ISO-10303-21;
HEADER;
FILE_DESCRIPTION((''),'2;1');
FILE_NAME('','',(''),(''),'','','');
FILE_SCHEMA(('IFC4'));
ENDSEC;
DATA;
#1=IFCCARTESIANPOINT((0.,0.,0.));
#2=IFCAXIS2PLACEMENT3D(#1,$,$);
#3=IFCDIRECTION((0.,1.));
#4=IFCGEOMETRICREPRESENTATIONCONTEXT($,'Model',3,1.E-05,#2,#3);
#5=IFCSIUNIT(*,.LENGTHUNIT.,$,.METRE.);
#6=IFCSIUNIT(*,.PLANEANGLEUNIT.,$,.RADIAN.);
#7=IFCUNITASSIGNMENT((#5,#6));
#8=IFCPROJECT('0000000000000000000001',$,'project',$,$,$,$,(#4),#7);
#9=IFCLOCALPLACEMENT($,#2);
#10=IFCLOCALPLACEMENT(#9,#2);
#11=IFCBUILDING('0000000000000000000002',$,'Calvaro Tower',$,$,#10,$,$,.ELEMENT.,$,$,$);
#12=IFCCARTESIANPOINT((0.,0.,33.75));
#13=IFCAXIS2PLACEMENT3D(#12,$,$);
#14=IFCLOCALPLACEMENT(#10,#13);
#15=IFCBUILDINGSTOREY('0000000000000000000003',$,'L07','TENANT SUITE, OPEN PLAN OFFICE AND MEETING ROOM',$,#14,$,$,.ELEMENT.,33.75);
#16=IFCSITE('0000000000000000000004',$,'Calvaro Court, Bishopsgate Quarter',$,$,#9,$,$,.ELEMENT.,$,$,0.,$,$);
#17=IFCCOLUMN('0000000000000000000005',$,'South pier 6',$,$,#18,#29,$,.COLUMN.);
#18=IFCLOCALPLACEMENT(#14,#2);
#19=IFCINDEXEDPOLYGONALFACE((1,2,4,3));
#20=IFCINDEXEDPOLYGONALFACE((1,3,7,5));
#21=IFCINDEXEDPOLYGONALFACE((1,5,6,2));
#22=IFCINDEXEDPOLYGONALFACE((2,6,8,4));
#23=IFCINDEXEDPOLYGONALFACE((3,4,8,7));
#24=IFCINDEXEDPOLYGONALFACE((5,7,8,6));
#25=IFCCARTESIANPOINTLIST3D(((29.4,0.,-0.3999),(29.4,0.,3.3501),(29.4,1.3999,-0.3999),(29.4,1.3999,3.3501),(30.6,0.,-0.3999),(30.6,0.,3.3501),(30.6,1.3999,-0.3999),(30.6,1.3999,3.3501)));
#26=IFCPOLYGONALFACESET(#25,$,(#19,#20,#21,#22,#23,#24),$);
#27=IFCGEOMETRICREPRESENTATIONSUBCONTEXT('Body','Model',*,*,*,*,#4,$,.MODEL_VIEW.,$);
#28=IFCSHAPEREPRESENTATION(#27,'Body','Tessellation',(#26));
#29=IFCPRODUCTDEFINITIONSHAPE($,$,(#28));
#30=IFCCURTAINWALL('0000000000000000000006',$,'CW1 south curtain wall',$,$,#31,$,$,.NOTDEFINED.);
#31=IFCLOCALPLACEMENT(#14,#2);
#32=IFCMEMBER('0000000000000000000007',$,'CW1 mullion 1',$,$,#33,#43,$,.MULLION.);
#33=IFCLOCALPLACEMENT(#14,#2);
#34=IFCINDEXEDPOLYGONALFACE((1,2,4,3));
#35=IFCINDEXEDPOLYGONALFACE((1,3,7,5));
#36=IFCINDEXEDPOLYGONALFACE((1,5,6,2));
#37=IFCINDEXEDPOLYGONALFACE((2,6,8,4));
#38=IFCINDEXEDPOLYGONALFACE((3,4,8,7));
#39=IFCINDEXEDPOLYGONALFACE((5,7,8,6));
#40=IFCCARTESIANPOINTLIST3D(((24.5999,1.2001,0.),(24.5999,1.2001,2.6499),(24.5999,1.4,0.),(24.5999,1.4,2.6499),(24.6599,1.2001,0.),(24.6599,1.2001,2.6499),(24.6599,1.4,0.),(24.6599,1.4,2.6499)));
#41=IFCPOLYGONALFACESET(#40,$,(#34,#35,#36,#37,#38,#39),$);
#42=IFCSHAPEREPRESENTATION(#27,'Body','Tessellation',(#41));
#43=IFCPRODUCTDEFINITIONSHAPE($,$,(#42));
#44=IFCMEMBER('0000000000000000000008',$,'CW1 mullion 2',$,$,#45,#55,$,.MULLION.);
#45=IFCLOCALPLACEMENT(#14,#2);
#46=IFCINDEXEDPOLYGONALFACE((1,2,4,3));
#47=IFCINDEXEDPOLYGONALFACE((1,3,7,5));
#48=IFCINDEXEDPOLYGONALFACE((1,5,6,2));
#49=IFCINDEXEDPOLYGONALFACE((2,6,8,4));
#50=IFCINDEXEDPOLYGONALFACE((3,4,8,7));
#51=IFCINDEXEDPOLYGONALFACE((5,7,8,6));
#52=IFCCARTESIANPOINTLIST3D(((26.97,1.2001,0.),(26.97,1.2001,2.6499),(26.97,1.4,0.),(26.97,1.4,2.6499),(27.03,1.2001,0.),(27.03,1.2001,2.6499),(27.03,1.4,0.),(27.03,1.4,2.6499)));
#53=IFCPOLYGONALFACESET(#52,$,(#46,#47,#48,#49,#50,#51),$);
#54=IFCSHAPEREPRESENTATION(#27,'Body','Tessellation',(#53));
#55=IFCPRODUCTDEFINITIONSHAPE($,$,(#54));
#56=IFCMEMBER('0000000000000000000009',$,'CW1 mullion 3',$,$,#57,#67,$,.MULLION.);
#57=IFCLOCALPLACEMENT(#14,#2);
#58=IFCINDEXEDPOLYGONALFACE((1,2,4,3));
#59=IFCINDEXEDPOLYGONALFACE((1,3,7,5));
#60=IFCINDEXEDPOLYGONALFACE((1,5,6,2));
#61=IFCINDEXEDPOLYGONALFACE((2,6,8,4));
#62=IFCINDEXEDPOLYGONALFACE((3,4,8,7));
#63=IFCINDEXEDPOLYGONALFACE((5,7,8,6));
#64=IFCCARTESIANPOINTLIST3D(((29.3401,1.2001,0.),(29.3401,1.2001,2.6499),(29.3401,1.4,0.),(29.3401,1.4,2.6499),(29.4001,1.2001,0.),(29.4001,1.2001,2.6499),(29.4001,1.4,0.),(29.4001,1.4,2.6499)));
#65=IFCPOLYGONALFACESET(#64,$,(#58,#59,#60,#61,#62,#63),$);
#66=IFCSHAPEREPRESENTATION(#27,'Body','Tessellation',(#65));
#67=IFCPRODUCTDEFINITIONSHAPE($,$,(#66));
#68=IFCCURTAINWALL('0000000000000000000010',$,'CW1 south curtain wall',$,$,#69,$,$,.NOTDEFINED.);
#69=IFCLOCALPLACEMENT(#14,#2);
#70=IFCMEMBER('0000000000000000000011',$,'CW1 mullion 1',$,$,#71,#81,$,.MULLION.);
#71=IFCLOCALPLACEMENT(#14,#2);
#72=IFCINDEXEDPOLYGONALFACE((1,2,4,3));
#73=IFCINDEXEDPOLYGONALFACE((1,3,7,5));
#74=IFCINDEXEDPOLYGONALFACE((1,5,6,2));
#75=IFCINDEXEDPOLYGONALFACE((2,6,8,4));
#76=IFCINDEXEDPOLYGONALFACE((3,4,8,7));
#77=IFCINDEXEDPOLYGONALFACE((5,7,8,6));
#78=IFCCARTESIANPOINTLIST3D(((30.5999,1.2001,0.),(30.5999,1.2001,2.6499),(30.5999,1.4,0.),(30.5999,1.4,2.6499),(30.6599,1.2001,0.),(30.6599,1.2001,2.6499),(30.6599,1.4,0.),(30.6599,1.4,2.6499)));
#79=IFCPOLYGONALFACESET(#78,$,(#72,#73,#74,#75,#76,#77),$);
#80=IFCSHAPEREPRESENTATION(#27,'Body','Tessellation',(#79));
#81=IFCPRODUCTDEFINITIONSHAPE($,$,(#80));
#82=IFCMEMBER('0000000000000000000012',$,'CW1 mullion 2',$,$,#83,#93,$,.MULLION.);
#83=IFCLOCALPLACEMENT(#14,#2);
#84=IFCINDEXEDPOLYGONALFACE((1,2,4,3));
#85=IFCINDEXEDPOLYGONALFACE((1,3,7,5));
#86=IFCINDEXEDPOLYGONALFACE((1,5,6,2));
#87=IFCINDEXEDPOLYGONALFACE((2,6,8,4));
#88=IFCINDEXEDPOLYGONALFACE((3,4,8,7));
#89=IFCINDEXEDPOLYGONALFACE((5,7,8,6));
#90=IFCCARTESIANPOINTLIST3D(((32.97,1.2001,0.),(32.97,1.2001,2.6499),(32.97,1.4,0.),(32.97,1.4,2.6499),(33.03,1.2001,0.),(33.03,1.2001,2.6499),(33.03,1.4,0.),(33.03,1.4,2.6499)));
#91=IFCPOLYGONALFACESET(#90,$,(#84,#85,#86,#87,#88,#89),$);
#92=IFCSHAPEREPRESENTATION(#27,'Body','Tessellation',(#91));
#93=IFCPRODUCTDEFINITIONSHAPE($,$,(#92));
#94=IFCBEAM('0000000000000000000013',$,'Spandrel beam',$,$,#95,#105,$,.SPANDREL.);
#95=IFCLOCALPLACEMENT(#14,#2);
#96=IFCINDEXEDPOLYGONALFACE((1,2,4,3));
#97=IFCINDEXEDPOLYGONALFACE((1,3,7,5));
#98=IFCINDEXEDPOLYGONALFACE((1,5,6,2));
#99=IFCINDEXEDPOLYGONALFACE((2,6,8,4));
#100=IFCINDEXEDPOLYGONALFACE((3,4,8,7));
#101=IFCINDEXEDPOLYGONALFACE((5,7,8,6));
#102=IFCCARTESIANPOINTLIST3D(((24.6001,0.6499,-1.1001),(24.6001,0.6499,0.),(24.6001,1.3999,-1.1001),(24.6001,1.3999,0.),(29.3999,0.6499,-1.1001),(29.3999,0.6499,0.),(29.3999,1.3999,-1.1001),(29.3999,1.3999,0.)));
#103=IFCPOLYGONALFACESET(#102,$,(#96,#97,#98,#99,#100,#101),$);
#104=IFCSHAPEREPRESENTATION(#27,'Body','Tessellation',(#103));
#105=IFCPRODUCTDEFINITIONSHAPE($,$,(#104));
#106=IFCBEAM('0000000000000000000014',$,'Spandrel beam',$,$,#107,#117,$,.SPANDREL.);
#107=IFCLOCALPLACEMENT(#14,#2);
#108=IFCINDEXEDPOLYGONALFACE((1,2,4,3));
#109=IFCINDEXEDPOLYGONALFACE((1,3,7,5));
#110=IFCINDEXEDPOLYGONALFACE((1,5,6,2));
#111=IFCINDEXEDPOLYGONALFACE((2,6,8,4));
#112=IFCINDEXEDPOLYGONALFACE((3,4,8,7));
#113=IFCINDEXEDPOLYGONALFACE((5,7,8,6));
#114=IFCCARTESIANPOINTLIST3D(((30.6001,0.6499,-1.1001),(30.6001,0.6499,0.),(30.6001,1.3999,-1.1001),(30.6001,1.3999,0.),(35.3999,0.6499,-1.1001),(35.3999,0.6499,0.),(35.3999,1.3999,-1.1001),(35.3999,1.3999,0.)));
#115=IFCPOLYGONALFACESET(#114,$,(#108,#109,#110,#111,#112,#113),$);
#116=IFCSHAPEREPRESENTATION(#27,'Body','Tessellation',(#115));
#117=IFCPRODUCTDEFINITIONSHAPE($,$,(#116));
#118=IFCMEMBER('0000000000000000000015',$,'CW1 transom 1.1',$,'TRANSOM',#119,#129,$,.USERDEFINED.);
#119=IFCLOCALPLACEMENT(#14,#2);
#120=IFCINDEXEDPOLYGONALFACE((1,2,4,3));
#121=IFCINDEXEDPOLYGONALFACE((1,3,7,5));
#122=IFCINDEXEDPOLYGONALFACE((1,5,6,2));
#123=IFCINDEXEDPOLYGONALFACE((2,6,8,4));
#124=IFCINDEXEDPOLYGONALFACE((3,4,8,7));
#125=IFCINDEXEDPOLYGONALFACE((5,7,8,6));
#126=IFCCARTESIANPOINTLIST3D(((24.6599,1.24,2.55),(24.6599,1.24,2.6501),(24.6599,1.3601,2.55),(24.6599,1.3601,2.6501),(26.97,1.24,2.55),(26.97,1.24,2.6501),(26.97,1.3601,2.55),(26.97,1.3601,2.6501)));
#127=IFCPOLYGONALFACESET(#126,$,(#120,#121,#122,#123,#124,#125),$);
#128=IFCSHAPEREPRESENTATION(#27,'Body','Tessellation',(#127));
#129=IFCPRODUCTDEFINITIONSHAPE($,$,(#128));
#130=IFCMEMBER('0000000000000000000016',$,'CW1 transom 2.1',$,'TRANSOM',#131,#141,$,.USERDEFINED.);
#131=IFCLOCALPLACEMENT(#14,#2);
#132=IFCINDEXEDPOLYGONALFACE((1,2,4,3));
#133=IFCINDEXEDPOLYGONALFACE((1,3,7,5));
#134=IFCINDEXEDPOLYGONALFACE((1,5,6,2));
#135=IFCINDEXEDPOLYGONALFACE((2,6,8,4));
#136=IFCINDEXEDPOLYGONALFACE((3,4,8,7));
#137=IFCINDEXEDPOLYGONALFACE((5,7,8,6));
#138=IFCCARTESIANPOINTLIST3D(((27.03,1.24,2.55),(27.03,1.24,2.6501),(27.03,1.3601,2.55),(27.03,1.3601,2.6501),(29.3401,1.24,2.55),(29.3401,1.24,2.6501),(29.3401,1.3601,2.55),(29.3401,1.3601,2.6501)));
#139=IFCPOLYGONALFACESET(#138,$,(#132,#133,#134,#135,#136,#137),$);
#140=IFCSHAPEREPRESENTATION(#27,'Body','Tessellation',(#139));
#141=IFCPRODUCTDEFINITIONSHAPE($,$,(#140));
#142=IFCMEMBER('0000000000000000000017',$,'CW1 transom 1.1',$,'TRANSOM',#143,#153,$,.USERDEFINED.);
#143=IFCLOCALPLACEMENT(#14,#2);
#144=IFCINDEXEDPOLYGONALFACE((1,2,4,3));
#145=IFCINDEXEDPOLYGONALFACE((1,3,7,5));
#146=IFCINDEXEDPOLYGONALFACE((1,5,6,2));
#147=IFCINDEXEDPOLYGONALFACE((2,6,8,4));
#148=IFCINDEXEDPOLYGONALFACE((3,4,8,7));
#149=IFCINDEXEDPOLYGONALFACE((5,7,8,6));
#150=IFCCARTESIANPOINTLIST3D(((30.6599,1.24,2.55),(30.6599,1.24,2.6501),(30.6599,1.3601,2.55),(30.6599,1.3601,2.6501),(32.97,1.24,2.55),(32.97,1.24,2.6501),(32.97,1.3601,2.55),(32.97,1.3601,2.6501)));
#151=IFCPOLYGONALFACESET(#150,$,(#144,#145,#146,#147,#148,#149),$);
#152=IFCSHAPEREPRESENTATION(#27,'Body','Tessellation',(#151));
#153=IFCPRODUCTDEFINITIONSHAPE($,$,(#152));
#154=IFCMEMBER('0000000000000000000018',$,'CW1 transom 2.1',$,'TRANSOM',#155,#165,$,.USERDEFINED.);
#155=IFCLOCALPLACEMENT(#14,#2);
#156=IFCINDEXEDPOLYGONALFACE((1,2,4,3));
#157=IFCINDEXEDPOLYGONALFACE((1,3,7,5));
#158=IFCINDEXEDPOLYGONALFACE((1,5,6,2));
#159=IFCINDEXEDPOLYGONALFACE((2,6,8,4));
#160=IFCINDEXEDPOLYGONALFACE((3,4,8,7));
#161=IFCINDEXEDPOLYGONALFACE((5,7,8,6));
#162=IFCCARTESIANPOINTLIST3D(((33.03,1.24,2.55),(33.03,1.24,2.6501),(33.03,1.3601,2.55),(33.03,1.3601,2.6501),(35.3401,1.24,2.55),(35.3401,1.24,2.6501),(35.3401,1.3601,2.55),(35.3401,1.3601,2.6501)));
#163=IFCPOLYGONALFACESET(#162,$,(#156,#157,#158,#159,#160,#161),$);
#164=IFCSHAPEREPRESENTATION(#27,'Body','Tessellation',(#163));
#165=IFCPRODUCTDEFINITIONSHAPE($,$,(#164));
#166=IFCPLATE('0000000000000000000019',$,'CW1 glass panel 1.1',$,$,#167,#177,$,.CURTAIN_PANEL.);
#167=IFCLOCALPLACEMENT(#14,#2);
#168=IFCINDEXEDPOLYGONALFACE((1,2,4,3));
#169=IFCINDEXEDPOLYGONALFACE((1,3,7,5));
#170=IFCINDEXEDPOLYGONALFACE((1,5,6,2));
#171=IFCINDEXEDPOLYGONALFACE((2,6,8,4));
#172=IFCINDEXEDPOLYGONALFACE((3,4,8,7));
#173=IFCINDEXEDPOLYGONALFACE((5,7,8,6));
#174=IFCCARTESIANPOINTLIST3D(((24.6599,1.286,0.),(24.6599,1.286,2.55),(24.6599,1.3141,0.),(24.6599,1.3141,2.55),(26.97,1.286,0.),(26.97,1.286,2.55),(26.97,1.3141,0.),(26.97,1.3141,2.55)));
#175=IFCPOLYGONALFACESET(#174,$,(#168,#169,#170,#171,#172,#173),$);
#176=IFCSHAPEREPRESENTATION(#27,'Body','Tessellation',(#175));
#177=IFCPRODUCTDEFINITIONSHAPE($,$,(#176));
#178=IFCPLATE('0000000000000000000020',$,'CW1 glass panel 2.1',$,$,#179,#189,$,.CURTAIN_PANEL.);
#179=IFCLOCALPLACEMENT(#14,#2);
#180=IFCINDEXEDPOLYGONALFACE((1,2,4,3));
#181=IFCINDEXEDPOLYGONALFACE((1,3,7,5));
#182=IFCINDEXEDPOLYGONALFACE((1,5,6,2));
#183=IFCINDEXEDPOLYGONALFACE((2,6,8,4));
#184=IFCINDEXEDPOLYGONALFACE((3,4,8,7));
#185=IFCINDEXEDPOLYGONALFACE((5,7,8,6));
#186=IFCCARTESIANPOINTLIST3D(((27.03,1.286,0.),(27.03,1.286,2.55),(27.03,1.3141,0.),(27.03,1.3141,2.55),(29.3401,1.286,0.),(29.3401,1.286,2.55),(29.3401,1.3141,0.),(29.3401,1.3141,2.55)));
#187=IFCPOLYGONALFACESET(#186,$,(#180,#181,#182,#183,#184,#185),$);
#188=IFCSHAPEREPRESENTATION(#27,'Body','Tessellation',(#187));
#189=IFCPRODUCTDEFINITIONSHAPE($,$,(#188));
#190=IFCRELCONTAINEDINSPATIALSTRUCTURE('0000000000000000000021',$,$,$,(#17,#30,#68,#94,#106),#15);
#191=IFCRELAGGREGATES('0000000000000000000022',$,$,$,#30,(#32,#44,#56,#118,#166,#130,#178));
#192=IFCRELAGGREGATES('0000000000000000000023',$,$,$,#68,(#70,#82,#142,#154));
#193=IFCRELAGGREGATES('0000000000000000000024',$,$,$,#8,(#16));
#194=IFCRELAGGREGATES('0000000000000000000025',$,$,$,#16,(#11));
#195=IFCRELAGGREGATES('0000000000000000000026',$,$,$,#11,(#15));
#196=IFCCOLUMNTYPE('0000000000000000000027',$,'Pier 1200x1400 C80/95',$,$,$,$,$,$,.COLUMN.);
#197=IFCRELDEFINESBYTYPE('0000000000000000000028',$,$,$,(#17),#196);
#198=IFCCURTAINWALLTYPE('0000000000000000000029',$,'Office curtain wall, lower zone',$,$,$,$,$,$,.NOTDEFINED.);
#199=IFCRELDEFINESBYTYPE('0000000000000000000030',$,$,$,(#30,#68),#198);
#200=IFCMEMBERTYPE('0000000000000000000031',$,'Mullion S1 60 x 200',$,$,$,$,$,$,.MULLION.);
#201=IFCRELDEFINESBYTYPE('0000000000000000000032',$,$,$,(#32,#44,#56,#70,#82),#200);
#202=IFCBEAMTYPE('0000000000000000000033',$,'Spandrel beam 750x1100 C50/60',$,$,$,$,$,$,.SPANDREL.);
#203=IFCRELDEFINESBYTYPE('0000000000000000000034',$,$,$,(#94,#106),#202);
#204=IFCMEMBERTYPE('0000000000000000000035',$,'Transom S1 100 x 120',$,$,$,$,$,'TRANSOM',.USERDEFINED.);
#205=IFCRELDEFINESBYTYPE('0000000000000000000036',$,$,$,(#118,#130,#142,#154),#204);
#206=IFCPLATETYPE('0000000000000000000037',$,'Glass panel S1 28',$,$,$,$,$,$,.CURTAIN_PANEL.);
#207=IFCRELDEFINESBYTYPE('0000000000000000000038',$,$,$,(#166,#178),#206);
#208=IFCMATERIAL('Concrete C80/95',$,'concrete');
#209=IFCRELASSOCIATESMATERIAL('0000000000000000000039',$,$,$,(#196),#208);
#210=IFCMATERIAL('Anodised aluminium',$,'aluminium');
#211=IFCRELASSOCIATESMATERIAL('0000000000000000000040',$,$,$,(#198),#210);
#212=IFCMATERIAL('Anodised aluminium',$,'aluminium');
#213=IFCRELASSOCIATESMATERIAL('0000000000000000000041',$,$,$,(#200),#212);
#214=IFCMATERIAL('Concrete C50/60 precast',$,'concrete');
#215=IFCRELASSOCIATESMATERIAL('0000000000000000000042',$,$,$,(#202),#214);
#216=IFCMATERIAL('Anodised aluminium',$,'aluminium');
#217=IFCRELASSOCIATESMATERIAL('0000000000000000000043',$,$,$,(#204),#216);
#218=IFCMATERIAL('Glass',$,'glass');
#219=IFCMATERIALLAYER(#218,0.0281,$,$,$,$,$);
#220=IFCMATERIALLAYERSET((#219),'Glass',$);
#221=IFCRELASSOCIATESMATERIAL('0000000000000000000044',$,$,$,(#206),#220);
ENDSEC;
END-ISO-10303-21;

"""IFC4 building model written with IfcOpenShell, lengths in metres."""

from ifc_helpers import new_model, si_unit, direction, frame, origin, origin_2d, place, context, subcontext, project, spatial, rectangle, extrude, material, layer, layer_set, material_profile, profile_set, type_object, element, aggregate, save


model = new_model("IFC4")

# Units and contexts
model_context = context("Model", 3, precision=1e-05, world=origin(), true_north=direction((0.0, 1.0)))
body_context = subcontext(model_context, "Body", "Model", "MODEL_VIEW")
ifc_project = project(units=[si_unit("LENGTHUNIT", "METRE"), si_unit("PLANEANGLEUNIT", "RADIAN")], contexts=[model_context])

# Site, building, storey
site_placement = place(None, origin())
site = spatial("IfcSite", under=ifc_project, at=site_placement, Name="Calvaro Court, Bishopsgate Quarter", CompositionType="ELEMENT", RefElevation=0.0)
building_placement = place(site_placement, origin())
building = spatial("IfcBuilding", under=site, at=building_placement, Name="Calvaro Tower", CompositionType="ELEMENT")
storey_placement = place(building_placement, frame((0.0, 0.0, 33.75)))
storey = spatial("IfcBuildingStorey", under=building, at=storey_placement, Name="L07", Description="TENANT SUITE, OPEN PLAN OFFICE AND MEETING ROOM", CompositionType="ELEMENT", Elevation=33.75)

# Column
ifc_material_1 = material(Name="Concrete C80/95", Category="concrete")
ifc_material_profile_1 = material_profile(ifc_material_1, rectangle(XDim=1.2, YDim=1.3999, at=origin_2d()), Name="RC 1200x1400")
ifc_profile_set_1 = profile_set([ifc_material_profile_1], Name="Concrete C80/95")
column_type = type_object("IfcColumnType", Name="Pier 1200x1400 C80/95", PredefinedType="COLUMN", material=ifc_profile_set_1)
column_placement = place(storey_placement, frame((30.0, 0.7, -0.3999), z_axis=(0.0, 0.0, 1.0), x_axis=(1.0, 0.0, 0.0)))
element("IfcColumn", 1, at=column_placement, inside=storey, type_object=column_type, Name="South pier 6", PredefinedType="COLUMN", context=body_context, shape_type="SweptSolid", body=[
    extrude(rectangle(XDim=1.2, YDim=1.3999, at=origin_2d()), origin(), (0.0, 0.0, 1.0), 3.75),
])

# Curtain walls, members
ifc_material_2 = material(Name="Anodised aluminium", Category="aluminium")
curtain_wall_type = type_object("IfcCurtainWallType", Name="Office curtain wall, lower zone", PredefinedType="NOTDEFINED", material=ifc_material_2)
curtain_wall_1_placement = place(storey_placement, origin())
curtain_wall_1 = element("IfcCurtainWall", 2, at=curtain_wall_1_placement, inside=storey, type_object=curtain_wall_type, Name="CW1 south curtain wall", PredefinedType="NOTDEFINED")
ifc_material_3 = material(Name="Anodised aluminium", Category="aluminium")
ifc_material_profile_2 = material_profile(ifc_material_3, rectangle(XDim=0.2, YDim=0.0601, at=origin_2d()), Name="Mullion S1 60 x 200")
ifc_profile_set_2 = profile_set([ifc_material_profile_2], Name="Anodised aluminium")
member_type_1 = type_object("IfcMemberType", Name="Mullion S1 60 x 200", PredefinedType="MULLION", material=ifc_profile_set_2)
member_1_placement = place(storey_placement, frame((24.6299, 1.3, 0.0), z_axis=(0.0, 0.0, 1.0), x_axis=(0.0, 1.0, 0.0)))
member_1 = element("IfcMember", 3, at=member_1_placement, type_object=member_type_1, Name="CW1 mullion 1", PredefinedType="MULLION", context=body_context, shape_type="SweptSolid", body=[
    extrude(rectangle(XDim=0.2, YDim=0.0601, at=origin_2d()), origin(), (0.0, 0.0, 1.0), 2.6499),
])
member_2_placement = place(storey_placement, frame((27.0, 1.3, 0.0), z_axis=(0.0, 0.0, 1.0), x_axis=(0.0, 1.0, 0.0)))
member_2 = element("IfcMember", 4, at=member_2_placement, type_object=member_type_1, Name="CW1 mullion 2", PredefinedType="MULLION", context=body_context, shape_type="SweptSolid", body=[
    extrude(rectangle(XDim=0.2, YDim=0.0601, at=origin_2d()), origin(), (0.0, 0.0, 1.0), 2.6499),
])
member_3_placement = place(storey_placement, frame((29.3701, 1.3, 0.0), z_axis=(0.0, 0.0, 1.0), x_axis=(0.0, 1.0, 0.0)))
member_3 = element("IfcMember", 5, at=member_3_placement, type_object=member_type_1, Name="CW1 mullion 3", PredefinedType="MULLION", context=body_context, shape_type="SweptSolid", body=[
    extrude(rectangle(XDim=0.2, YDim=0.0601, at=origin_2d()), origin(), (0.0, 0.0, 1.0), 2.6499),
])
curtain_wall_2_placement = place(storey_placement, origin())
curtain_wall_2 = element("IfcCurtainWall", 6, at=curtain_wall_2_placement, inside=storey, type_object=curtain_wall_type, Name="CW1 south curtain wall", PredefinedType="NOTDEFINED")
member_4_placement = place(storey_placement, frame((30.6299, 1.3, 0.0), z_axis=(0.0, 0.0, 1.0), x_axis=(0.0, 1.0, 0.0)))
member_4 = element("IfcMember", 7, at=member_4_placement, type_object=member_type_1, Name="CW1 mullion 1", PredefinedType="MULLION", context=body_context, shape_type="SweptSolid", body=[
    extrude(rectangle(XDim=0.2, YDim=0.0601, at=origin_2d()), origin(), (0.0, 0.0, 1.0), 2.6499),
])
member_5_placement = place(storey_placement, frame((33.0, 1.3, 0.0), z_axis=(0.0, 0.0, 1.0), x_axis=(0.0, 1.0, 0.0)))
member_5 = element("IfcMember", 8, at=member_5_placement, type_object=member_type_1, Name="CW1 mullion 2", PredefinedType="MULLION", context=body_context, shape_type="SweptSolid", body=[
    extrude(rectangle(XDim=0.2, YDim=0.0601, at=origin_2d()), origin(), (0.0, 0.0, 1.0), 2.6499),
])

# Beams
ifc_material_4 = material(Name="Concrete C50/60 precast", Category="concrete")
ifc_material_profile_3 = material_profile(ifc_material_4, rectangle(XDim=0.75, YDim=1.1001, at=origin_2d()), Name="RC 750x1100")
ifc_profile_set_3 = profile_set([ifc_material_profile_3], Name="Concrete C50/60 precast")
beam_type = type_object("IfcBeamType", Name="Spandrel beam 750x1100 C50/60", PredefinedType="SPANDREL", material=ifc_profile_set_3)
for number, where, z_axis, x_axis, name in (
    (9, (24.6001, 1.0249, -0.55), (1.0, 0.0, 0.0), (0.0, 1.0, 0.0), "Spandrel beam"),
    (10, (30.6001, 1.0249, -0.55), (1.0, 0.0, 0.0), (0.0, 1.0, 0.0), "Spandrel beam"),
):
    element("IfcBeam", number, at=place(storey_placement, frame(where, z_axis=z_axis, x_axis=x_axis)), inside=storey, type_object=beam_type, Name=name, PredefinedType="SPANDREL", context=body_context, shape_type="SweptSolid", body=[
        extrude(rectangle(XDim=0.75, YDim=1.1001, at=origin_2d()), origin(), (0.0, 0.0, 1.0), 4.7998),
    ])

# Members
ifc_material_5 = material(Name="Anodised aluminium", Category="aluminium")
ifc_material_profile_4 = material_profile(ifc_material_5, rectangle(XDim=0.1201, YDim=0.1001, at=origin_2d()), Name="Transom S1 100 x 120")
ifc_profile_set_4 = profile_set([ifc_material_profile_4], Name="Anodised aluminium")
member_type_2 = type_object("IfcMemberType", Name="Transom S1 100 x 120", ElementType="TRANSOM", PredefinedType="USERDEFINED", material=ifc_profile_set_4)
member_6_placement = place(storey_placement, frame((24.6599, 1.3, 2.6001), z_axis=(1.0, 0.0, 0.0), x_axis=(0.0, 1.0, 0.0)))
member_6 = element("IfcMember", 11, at=member_6_placement, type_object=member_type_2, Name="CW1 transom 1.1", ObjectType="TRANSOM", PredefinedType="USERDEFINED", context=body_context, shape_type="SweptSolid", body=[
    extrude(rectangle(XDim=0.1201, YDim=0.1001, at=origin_2d()), origin(), (0.0, 0.0, 1.0), 2.3101),
])
member_7_placement = place(storey_placement, frame((27.03, 1.3, 2.6001), z_axis=(1.0, 0.0, 0.0), x_axis=(0.0, 1.0, 0.0)))
member_7 = element("IfcMember", 12, at=member_7_placement, type_object=member_type_2, Name="CW1 transom 2.1", ObjectType="TRANSOM", PredefinedType="USERDEFINED", context=body_context, shape_type="SweptSolid", body=[
    extrude(rectangle(XDim=0.1201, YDim=0.1001, at=origin_2d()), origin(), (0.0, 0.0, 1.0), 2.3101),
])
member_8_placement = place(storey_placement, frame((30.6599, 1.3, 2.6001), z_axis=(1.0, 0.0, 0.0), x_axis=(0.0, 1.0, 0.0)))
member_8 = element("IfcMember", 13, at=member_8_placement, type_object=member_type_2, Name="CW1 transom 1.1", ObjectType="TRANSOM", PredefinedType="USERDEFINED", context=body_context, shape_type="SweptSolid", body=[
    extrude(rectangle(XDim=0.1201, YDim=0.1001, at=origin_2d()), origin(), (0.0, 0.0, 1.0), 2.3101),
])
member_9_placement = place(storey_placement, frame((33.03, 1.3, 2.6001), z_axis=(1.0, 0.0, 0.0), x_axis=(0.0, 1.0, 0.0)))
member_9 = element("IfcMember", 14, at=member_9_placement, type_object=member_type_2, Name="CW1 transom 2.1", ObjectType="TRANSOM", PredefinedType="USERDEFINED", context=body_context, shape_type="SweptSolid", body=[
    extrude(rectangle(XDim=0.1201, YDim=0.1001, at=origin_2d()), origin(), (0.0, 0.0, 1.0), 2.3101),
])

# Plates
ifc_material_6 = material(Name="Glass", Category="glass")
ifc_layer_1 = layer(ifc_material_6, 0.0281)
ifc_layer_set_1 = layer_set([ifc_layer_1], Name="Glass")
plate_type = type_object("IfcPlateType", Name="Glass panel S1 28", PredefinedType="CURTAIN_PANEL", material=ifc_layer_set_1)
plate_1_placement = place(storey_placement, frame((25.8149, 1.3, 0.0), z_axis=(0.0, 0.0, 1.0), x_axis=(1.0, 0.0, 0.0)))
plate_1 = element("IfcPlate", 15, at=plate_1_placement, type_object=plate_type, Name="CW1 glass panel 1.1", PredefinedType="CURTAIN_PANEL", context=body_context, shape_type="SweptSolid", body=[
    extrude(rectangle(XDim=2.3101, YDim=0.0281, at=origin_2d()), origin(), (0.0, 0.0, 1.0), 2.55),
])
plate_2_placement = place(storey_placement, frame((28.1851, 1.3, 0.0), z_axis=(0.0, 0.0, 1.0), x_axis=(1.0, 0.0, 0.0)))
plate_2 = element("IfcPlate", 16, at=plate_2_placement, type_object=plate_type, Name="CW1 glass panel 2.1", PredefinedType="CURTAIN_PANEL", context=body_context, shape_type="SweptSolid", body=[
    extrude(rectangle(XDim=2.3101, YDim=0.0281, at=origin_2d()), origin(), (0.0, 0.0, 1.0), 2.55),
])
aggregate(curtain_wall_1, [member_1, member_2, member_3, member_6, plate_1, member_7, plate_2])
aggregate(curtain_wall_2, [member_4, member_5, member_8, member_9])

save(model, "model.ifc")
